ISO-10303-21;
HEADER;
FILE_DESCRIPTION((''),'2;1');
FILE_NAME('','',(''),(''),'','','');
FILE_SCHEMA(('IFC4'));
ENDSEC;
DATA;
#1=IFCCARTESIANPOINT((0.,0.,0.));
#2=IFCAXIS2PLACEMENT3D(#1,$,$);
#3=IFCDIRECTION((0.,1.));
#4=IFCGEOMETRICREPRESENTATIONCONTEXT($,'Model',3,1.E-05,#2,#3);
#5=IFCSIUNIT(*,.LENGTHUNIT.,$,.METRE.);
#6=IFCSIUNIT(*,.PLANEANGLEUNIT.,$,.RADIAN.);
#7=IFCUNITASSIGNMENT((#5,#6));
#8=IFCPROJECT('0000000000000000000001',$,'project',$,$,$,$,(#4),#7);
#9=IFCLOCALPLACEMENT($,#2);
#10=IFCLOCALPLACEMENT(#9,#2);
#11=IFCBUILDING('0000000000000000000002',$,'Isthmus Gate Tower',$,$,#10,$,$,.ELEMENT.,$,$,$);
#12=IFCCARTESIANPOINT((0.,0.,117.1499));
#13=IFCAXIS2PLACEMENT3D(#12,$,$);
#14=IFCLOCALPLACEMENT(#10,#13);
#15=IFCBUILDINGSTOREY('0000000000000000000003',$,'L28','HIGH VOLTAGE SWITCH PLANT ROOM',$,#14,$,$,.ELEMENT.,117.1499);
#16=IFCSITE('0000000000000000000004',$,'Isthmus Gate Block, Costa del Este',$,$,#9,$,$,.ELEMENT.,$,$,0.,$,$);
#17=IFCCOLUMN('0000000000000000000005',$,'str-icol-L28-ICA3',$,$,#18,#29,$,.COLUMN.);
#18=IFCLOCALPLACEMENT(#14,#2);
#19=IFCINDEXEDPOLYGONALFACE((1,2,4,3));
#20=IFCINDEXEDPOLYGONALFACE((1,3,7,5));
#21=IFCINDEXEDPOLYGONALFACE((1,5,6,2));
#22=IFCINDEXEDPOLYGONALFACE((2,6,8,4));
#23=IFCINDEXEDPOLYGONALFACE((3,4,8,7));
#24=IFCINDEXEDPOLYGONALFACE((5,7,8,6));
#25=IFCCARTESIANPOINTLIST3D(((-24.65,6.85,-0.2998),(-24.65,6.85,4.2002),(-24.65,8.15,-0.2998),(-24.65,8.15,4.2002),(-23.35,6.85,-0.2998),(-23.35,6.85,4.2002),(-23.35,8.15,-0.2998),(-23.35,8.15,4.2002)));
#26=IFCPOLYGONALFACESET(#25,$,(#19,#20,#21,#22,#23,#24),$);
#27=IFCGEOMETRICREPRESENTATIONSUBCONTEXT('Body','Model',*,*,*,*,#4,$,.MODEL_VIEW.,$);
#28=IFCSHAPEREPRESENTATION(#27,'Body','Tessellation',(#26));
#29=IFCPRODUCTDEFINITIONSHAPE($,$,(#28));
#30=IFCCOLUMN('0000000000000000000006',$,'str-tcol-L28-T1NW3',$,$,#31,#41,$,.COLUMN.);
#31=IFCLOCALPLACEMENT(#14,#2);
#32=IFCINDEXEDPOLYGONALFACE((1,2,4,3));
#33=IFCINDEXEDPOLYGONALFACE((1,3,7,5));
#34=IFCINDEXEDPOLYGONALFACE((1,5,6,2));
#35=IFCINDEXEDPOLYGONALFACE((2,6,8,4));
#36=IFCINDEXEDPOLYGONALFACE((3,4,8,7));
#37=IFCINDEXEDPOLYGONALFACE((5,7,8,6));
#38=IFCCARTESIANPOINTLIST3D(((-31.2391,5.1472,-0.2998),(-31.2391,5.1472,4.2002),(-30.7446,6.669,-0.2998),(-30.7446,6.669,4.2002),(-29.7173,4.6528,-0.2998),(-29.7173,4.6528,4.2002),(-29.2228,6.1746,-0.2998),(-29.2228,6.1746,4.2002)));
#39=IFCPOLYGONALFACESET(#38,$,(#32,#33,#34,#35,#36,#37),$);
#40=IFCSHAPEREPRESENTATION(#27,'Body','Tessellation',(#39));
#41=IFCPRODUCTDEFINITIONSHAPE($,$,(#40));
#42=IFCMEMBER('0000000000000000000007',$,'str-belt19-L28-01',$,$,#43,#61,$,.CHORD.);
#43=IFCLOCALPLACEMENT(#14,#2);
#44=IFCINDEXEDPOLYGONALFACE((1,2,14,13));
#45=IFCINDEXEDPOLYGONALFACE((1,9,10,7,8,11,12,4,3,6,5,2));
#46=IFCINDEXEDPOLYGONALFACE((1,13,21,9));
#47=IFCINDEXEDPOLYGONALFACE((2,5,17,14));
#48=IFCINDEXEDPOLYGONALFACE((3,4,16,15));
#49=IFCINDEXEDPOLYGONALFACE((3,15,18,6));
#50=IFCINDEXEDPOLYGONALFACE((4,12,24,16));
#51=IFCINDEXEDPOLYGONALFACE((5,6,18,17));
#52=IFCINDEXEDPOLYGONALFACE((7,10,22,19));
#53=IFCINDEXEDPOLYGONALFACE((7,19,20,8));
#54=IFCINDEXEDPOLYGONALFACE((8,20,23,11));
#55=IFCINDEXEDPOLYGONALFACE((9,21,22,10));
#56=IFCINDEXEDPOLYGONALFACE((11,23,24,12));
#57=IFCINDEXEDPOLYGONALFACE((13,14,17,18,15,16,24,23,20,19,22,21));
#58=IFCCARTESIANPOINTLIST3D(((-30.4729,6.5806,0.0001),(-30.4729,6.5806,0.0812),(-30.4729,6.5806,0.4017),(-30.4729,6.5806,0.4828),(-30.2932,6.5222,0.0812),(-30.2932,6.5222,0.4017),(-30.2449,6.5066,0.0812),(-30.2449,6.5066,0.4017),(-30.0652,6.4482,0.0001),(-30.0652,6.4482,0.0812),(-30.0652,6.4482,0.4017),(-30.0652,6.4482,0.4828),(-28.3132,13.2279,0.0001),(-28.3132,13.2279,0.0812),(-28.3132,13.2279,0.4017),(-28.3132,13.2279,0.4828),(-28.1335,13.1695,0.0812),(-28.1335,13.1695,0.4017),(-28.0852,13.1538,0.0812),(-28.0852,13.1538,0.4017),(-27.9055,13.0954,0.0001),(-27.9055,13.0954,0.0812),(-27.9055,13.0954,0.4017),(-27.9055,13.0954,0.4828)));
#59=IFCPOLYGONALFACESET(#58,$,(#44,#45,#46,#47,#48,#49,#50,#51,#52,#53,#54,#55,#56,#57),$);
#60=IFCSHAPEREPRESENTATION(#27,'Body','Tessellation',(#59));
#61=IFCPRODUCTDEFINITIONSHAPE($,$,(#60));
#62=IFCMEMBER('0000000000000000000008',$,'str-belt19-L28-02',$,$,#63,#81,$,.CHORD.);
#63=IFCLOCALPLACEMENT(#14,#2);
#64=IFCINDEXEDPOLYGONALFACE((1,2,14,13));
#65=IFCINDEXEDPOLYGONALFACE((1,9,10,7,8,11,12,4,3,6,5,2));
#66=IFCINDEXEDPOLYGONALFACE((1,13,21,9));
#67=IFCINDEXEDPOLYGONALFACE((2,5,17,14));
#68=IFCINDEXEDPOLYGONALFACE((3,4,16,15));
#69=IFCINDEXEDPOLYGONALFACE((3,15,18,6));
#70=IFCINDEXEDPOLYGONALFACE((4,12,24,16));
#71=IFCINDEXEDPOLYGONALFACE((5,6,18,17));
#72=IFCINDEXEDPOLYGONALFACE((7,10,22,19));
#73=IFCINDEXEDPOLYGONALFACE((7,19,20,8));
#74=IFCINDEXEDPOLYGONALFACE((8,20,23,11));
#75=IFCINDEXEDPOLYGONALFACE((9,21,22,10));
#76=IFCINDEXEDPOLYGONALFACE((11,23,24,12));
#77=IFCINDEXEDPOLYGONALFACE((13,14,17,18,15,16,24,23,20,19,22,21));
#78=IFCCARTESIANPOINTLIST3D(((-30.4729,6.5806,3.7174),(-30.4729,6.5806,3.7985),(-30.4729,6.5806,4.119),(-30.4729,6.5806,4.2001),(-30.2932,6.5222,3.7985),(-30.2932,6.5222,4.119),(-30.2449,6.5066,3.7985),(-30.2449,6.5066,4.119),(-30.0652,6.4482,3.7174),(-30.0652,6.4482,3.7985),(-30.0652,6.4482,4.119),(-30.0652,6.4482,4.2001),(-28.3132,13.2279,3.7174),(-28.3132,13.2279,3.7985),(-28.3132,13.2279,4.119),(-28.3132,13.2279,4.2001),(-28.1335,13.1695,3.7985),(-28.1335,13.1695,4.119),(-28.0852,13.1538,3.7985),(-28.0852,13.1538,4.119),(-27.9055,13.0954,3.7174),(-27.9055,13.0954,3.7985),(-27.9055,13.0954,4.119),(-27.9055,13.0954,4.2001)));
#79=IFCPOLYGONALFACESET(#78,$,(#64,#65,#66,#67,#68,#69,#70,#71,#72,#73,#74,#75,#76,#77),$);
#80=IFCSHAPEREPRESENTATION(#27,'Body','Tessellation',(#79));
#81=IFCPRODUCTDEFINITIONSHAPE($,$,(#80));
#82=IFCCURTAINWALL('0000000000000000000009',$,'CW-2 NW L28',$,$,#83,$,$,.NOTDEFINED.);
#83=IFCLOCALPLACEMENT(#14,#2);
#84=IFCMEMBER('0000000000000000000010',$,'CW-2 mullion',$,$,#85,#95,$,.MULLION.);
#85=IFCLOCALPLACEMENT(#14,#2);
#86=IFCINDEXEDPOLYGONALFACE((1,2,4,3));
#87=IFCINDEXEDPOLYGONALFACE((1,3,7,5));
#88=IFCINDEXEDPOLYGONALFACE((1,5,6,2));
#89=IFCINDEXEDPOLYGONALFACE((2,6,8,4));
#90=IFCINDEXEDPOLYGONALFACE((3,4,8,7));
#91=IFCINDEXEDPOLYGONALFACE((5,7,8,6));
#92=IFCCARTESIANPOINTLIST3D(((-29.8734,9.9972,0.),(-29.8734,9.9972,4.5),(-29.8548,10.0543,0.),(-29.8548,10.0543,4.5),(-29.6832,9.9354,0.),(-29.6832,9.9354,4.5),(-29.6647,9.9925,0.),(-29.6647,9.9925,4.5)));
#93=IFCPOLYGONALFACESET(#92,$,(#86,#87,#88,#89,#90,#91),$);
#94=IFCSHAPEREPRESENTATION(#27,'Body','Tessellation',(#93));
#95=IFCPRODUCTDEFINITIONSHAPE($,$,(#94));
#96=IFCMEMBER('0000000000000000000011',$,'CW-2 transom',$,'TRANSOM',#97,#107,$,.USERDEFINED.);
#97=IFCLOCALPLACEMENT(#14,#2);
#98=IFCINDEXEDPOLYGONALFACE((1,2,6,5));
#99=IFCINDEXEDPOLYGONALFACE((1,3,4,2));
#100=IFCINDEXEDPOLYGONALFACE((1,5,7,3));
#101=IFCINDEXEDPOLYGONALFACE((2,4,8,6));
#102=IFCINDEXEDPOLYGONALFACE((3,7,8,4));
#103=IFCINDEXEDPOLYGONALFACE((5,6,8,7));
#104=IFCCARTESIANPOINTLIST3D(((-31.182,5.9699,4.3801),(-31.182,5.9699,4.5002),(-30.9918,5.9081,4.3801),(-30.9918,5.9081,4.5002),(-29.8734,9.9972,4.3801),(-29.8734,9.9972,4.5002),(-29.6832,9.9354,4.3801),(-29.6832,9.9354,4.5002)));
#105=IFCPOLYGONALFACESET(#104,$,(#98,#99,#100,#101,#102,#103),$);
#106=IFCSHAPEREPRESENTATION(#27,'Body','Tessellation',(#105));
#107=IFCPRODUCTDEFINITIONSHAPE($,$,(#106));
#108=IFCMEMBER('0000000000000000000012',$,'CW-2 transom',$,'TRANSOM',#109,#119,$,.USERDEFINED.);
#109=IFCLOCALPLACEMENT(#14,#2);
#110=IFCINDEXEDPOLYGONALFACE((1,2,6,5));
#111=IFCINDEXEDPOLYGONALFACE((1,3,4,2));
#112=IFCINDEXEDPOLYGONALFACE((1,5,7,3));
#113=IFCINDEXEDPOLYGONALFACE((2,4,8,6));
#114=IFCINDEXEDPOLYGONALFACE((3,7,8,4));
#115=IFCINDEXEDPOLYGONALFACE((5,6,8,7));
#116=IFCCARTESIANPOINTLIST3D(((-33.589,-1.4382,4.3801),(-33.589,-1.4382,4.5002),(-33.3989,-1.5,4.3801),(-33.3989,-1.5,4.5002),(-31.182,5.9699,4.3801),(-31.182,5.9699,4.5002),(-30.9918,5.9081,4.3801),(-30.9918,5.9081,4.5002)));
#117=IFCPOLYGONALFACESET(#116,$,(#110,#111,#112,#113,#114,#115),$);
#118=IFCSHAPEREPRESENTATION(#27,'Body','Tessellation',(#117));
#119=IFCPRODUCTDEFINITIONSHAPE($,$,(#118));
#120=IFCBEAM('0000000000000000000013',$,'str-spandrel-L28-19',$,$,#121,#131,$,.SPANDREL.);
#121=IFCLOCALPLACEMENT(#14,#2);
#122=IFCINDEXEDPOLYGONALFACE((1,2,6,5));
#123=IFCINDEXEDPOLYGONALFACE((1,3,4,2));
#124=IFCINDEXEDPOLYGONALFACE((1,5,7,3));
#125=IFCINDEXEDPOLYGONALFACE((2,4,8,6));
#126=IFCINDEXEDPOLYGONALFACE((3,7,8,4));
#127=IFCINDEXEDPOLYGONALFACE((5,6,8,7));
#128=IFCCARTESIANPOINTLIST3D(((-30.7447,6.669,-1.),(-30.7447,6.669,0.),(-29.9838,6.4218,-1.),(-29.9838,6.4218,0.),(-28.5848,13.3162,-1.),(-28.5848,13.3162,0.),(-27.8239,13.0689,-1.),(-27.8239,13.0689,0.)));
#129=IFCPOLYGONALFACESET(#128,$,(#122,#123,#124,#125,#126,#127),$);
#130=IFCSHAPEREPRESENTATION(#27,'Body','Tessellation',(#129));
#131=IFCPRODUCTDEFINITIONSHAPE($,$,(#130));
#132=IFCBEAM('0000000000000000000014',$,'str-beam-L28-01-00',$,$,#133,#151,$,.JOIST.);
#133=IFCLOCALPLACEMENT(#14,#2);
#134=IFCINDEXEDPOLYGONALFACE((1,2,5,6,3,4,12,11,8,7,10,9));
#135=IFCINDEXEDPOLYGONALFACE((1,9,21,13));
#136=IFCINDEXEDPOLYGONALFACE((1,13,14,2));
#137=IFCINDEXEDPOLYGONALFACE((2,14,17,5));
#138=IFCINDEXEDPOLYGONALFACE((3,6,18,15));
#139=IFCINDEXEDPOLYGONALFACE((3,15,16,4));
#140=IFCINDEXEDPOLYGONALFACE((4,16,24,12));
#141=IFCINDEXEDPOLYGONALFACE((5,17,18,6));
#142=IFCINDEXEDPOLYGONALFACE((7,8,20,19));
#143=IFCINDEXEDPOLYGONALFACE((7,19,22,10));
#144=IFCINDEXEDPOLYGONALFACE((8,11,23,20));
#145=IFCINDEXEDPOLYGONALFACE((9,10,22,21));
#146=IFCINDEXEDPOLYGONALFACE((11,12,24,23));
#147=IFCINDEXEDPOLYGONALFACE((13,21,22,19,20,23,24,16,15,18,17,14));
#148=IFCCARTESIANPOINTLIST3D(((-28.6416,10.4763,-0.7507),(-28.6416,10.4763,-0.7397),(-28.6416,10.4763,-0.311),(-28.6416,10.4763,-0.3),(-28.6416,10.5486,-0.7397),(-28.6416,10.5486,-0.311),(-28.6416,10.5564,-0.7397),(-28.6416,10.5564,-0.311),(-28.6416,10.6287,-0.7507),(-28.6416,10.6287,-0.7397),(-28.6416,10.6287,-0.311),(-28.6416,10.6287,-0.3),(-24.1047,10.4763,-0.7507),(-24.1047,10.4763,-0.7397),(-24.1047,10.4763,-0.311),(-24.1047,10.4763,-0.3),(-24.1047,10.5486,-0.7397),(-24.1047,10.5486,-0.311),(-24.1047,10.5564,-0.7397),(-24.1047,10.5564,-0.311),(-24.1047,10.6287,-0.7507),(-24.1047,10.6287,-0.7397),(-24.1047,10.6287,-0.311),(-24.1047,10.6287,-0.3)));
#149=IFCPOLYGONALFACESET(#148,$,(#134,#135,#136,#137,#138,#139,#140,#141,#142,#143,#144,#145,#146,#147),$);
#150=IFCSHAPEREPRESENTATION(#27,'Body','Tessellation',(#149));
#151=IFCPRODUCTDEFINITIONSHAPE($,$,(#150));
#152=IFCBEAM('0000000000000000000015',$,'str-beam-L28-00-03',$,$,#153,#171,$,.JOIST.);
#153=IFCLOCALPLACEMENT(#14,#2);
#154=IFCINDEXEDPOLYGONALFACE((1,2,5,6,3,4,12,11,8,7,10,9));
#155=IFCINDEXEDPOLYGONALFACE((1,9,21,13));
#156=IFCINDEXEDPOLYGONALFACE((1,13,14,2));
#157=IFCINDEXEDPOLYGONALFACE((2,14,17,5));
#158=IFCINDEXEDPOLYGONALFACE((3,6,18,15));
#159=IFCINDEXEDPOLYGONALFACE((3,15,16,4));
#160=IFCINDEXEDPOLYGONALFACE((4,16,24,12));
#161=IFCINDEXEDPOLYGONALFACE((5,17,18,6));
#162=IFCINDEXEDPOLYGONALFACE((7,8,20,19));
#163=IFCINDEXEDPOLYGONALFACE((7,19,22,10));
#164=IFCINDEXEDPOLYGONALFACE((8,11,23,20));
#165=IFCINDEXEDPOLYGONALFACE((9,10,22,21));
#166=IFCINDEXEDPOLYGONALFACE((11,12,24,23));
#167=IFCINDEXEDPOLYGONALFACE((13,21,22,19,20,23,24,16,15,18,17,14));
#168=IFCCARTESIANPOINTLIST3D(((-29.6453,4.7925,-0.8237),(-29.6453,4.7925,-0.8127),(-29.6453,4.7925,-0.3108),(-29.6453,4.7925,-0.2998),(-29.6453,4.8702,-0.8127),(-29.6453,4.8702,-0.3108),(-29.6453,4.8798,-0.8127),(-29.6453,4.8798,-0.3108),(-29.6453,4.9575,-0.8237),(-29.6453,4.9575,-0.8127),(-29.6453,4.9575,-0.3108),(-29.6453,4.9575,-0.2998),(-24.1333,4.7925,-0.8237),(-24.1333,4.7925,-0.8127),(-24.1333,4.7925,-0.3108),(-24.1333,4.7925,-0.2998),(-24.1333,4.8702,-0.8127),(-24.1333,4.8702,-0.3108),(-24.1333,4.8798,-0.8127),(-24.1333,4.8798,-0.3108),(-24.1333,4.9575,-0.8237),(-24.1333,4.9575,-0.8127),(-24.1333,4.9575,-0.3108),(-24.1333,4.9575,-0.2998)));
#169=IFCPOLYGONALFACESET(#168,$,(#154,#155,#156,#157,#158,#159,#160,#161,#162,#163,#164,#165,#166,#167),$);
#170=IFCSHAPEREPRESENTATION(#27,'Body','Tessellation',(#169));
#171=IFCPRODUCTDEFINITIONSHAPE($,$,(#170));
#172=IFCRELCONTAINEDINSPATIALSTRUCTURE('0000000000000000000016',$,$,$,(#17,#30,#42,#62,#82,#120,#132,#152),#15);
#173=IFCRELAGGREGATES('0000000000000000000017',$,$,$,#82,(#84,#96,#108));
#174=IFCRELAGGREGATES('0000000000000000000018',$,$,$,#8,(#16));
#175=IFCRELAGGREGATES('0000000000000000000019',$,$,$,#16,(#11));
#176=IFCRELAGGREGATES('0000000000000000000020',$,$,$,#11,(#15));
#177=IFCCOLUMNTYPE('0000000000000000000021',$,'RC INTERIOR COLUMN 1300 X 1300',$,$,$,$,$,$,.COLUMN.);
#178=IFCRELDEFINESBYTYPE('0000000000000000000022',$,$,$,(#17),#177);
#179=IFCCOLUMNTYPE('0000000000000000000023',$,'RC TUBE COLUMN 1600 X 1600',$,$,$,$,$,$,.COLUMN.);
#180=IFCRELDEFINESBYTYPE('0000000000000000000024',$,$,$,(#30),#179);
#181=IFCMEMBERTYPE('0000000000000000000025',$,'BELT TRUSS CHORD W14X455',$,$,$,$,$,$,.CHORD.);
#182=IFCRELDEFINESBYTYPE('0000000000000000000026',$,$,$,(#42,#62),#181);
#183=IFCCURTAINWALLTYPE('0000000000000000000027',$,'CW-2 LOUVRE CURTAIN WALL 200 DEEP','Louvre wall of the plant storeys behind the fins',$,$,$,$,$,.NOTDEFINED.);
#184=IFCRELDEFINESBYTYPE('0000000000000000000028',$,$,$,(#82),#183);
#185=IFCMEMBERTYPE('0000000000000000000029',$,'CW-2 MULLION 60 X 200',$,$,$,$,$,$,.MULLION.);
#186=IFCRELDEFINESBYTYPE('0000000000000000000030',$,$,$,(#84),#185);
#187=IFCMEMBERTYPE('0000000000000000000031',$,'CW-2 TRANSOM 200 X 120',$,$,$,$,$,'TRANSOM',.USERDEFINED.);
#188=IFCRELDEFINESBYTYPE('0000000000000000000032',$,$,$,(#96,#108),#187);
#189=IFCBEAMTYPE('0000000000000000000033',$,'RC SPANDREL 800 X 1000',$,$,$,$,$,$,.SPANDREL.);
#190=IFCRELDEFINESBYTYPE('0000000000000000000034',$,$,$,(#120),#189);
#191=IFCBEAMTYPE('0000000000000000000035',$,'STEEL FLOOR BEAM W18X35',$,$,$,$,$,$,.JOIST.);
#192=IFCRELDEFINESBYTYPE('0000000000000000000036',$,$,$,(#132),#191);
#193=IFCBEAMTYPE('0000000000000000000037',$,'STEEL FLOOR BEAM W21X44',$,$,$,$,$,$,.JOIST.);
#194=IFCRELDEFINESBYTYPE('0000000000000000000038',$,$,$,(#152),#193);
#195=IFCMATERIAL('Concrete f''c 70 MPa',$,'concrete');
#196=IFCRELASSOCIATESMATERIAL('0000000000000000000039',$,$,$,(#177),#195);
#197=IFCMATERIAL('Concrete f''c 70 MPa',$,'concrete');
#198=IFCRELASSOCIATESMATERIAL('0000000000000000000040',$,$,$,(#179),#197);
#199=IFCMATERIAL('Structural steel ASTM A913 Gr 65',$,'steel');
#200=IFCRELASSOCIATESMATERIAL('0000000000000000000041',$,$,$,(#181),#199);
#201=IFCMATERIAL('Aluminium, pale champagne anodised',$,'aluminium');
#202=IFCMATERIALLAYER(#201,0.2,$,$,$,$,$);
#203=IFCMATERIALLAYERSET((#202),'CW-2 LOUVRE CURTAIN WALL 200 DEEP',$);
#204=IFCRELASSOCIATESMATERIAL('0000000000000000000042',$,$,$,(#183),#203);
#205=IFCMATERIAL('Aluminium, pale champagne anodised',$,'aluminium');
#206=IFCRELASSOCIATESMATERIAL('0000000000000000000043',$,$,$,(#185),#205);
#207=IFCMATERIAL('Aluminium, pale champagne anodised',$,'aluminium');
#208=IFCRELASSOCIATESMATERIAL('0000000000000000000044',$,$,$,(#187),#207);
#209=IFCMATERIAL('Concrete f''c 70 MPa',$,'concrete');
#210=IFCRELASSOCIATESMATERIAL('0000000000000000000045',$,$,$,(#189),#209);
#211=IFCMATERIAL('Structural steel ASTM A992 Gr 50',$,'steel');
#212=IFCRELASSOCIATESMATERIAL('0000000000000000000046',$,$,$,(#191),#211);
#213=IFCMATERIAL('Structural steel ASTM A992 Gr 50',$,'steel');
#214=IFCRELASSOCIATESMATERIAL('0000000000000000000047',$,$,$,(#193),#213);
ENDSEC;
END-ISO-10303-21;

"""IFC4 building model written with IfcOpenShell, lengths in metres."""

from ifc_helpers import new_model, si_unit, direction, frame, origin, origin_2d, place, context, subcontext, project, spatial, rectangle, i_section, extrude, material, layer, layer_set, material_profile, profile_set, type_object, element, aggregate, save


model = new_model("IFC4")

# Units and contexts
model_context = context("Model", 3, precision=1e-05, world=origin(), true_north=direction((0.0, 1.0)))
body_context = subcontext(model_context, "Body", "Model", "MODEL_VIEW")
ifc_project = project(units=[si_unit("LENGTHUNIT", "METRE"), si_unit("PLANEANGLEUNIT", "RADIAN")], contexts=[model_context])

# Site, building, storey
site_placement = place(None, origin())
site = spatial("IfcSite", under=ifc_project, at=site_placement, Name="Isthmus Gate Block, Costa del Este", CompositionType="ELEMENT", RefElevation=0.0)
building_placement = place(site_placement, origin())
building = spatial("IfcBuilding", under=site, at=building_placement, Name="Isthmus Gate Tower", CompositionType="ELEMENT")
storey_placement = place(building_placement, frame((0.0, 0.0, 117.1499)))
storey = spatial("IfcBuildingStorey", under=building, at=storey_placement, Name="L28", Description="HIGH VOLTAGE SWITCH PLANT ROOM", CompositionType="ELEMENT", Elevation=117.1499)

# Columns
ifc_material_1 = material(Name="Concrete f'c 70 MPa", Category="concrete")
ifc_material_profile_1 = material_profile(ifc_material_1, rectangle(XDim=1.3, YDim=1.3, at=origin_2d()), Name="RC 1300X1300")
ifc_profile_set_1 = profile_set([ifc_material_profile_1], Name="Concrete f'c 70 MPa")
column_type_1 = type_object("IfcColumnType", Name="RC INTERIOR COLUMN 1300 X 1300", PredefinedType="COLUMN", material=ifc_profile_set_1)
column_1_placement = place(storey_placement, frame((-24.0, 7.5, -0.2998), z_axis=(0.0, 0.0, 1.0), x_axis=(1.0, 0.0, 0.0)))
element("IfcColumn", 1, at=column_1_placement, inside=storey, type_object=column_type_1, Name="str-icol-L28-ICA3", PredefinedType="COLUMN", context=body_context, shape_type="SweptSolid", body=[
    extrude(rectangle(XDim=1.3, YDim=1.3, at=origin_2d()), origin(), (0.0, 0.0, 1.0), 4.5),
])
ifc_material_2 = material(Name="Concrete f'c 70 MPa", Category="concrete")
ifc_material_profile_2 = material_profile(ifc_material_2, rectangle(XDim=1.6001, YDim=1.6001, at=origin_2d()), Name="RC 1600X1600")
ifc_profile_set_2 = profile_set([ifc_material_profile_2], Name="Concrete f'c 70 MPa")
column_type_2 = type_object("IfcColumnType", Name="RC TUBE COLUMN 1600 X 1600", PredefinedType="COLUMN", material=ifc_profile_set_2)
column_2_placement = place(storey_placement, frame((-30.231, 5.6609, -0.2998), z_axis=(0.0, 0.0, 1.0), x_axis=(-0.309017, -0.951057, 0.0)))
element("IfcColumn", 2, at=column_2_placement, inside=storey, type_object=column_type_2, Name="str-tcol-L28-T1NW3", PredefinedType="COLUMN", context=body_context, shape_type="SweptSolid", body=[
    extrude(rectangle(XDim=1.6001, YDim=1.6001, at=origin_2d()), origin(), (0.0, 0.0, 1.0), 4.5),
])

# Members
ifc_material_3 = material(Name="Structural steel ASTM A913 Gr 65", Category="steel")
ifc_material_profile_3 = material_profile(ifc_material_3, i_section(OverallWidth=0.4287, OverallDepth=0.4827, WebThickness=0.0508, FlangeThickness=0.0811, at=origin_2d()), Name="W14X455")
ifc_profile_set_3 = profile_set([ifc_material_profile_3], Name="Structural steel ASTM A913 Gr 65")
member_type_1 = type_object("IfcMemberType", Name="BELT TRUSS CHORD W14X455", PredefinedType="CHORD", material=ifc_profile_set_3)
for number, where, z_axis, x_axis, name in (
    (3, (-30.269, 6.5144, 0.2415), (0.308998, 0.951063, 0.0), (-0.951063, 0.308998, 0.0), "str-belt19-L28-01"),
    (4, (-30.269, 6.5144, 3.9587), (0.308998, 0.951063, 0.0), (-0.951063, 0.308998, 0.0), "str-belt19-L28-02"),
):
    element("IfcMember", number, at=place(storey_placement, frame(where, z_axis=z_axis, x_axis=x_axis)), inside=storey, type_object=member_type_1, Name=name, PredefinedType="CHORD", context=body_context, shape_type="SweptSolid", body=[
        extrude(i_section(OverallWidth=0.4287, OverallDepth=0.4827, WebThickness=0.0508, FlangeThickness=0.0811, at=origin_2d()), origin(), (0.0, 0.0, 1.0), 6.9893),
    ])

# Curtain wall, members
ifc_material_4 = material(Name="Aluminium, pale champagne anodised", Category="aluminium")
ifc_layer_1 = layer(ifc_material_4, 0.2)
ifc_layer_set_1 = layer_set([ifc_layer_1], Name="CW-2 LOUVRE CURTAIN WALL 200 DEEP")
curtain_wall_type = type_object("IfcCurtainWallType", Name="CW-2 LOUVRE CURTAIN WALL 200 DEEP", Description="Louvre wall of the plant storeys behind the fins", PredefinedType="NOTDEFINED", material=ifc_layer_set_1)
curtain_wall_placement = place(storey_placement, origin())
curtain_wall = element("IfcCurtainWall", 5, at=curtain_wall_placement, inside=storey, type_object=curtain_wall_type, Name="CW-2 NW L28", PredefinedType="NOTDEFINED")
ifc_material_5 = material(Name="Aluminium, pale champagne anodised", Category="aluminium")
ifc_material_profile_4 = material_profile(ifc_material_5, rectangle(XDim=0.0601, YDim=0.2, at=origin_2d()), Name="60x200")
ifc_profile_set_4 = profile_set([ifc_material_profile_4], Name="Aluminium, pale champagne anodised")
member_type_2 = type_object("IfcMemberType", Name="CW-2 MULLION 60 X 200", PredefinedType="MULLION", material=ifc_profile_set_4)
member_1_placement = place(storey_placement, frame((-29.769, 9.9949, 0.0), z_axis=(0.0, 0.0, 1.0), x_axis=(-0.309017, -0.951057, 0.0)))
member_1 = element("IfcMember", 6, at=member_1_placement, type_object=member_type_2, Name="CW-2 mullion", PredefinedType="MULLION", context=body_context, shape_type="SweptSolid", body=[
    extrude(rectangle(XDim=0.0601, YDim=0.2, at=origin_2d()), origin(), (0.0, 0.0, 1.0), 4.5),
])
ifc_material_6 = material(Name="Aluminium, pale champagne anodised", Category="aluminium")
ifc_material_profile_5 = material_profile(ifc_material_6, rectangle(XDim=0.2, YDim=0.1201, at=origin_2d()), Name="200x120")
ifc_profile_set_5 = profile_set([ifc_material_profile_5], Name="Aluminium, pale champagne anodised")
member_type_3 = type_object("IfcMemberType", Name="CW-2 TRANSOM 200 X 120", ElementType="TRANSOM", PredefinedType="USERDEFINED", material=ifc_profile_set_5)
member_2_placement = place(storey_placement, frame((-29.7783, 9.9663, 4.4402), z_axis=(-0.309023, -0.951054, 0.0), x_axis=(0.951054, -0.309023, 0.0)))
member_2 = element("IfcMember", 7, at=member_2_placement, type_object=member_type_3, Name="CW-2 transom", ObjectType="TRANSOM", PredefinedType="USERDEFINED", context=body_context, shape_type="SweptSolid", body=[
    extrude(rectangle(XDim=0.2, YDim=0.1201, at=origin_2d()), origin(), (0.0, 0.0, 1.0), 4.2346),
])
member_3_placement = place(storey_placement, frame((-31.0869, 5.939, 4.4402), z_axis=(-0.309016, -0.951057, 0.0), x_axis=(0.951057, -0.309016, 0.0)))
member_3 = element("IfcMember", 8, at=member_3_placement, type_object=member_type_3, Name="CW-2 transom", ObjectType="TRANSOM", PredefinedType="USERDEFINED", context=body_context, shape_type="SweptSolid", body=[
    extrude(rectangle(XDim=0.2, YDim=0.1201, at=origin_2d()), origin(), (0.0, 0.0, 1.0), 7.7893),
])

# Beams
ifc_material_7 = material(Name="Concrete f'c 70 MPa", Category="concrete")
ifc_material_profile_6 = material_profile(ifc_material_7, rectangle(XDim=0.8, YDim=1.0, at=origin_2d()), Name="RC 800X1000")
ifc_profile_set_6 = profile_set([ifc_material_profile_6], Name="Concrete f'c 70 MPa")
beam_type_1 = type_object("IfcBeamType", Name="RC SPANDREL 800 X 1000", PredefinedType="SPANDREL", material=ifc_profile_set_6)
beam_1_placement = place(storey_placement, frame((-30.3643, 6.5454, -0.5), z_axis=(0.30903, 0.951052, 0.0), x_axis=(-0.951052, 0.30903, 0.0)))
element("IfcBeam", 9, at=beam_1_placement, inside=storey, type_object=beam_type_1, Name="str-spandrel-L28-19", PredefinedType="SPANDREL", context=body_context, shape_type="SweptSolid", body=[
    extrude(rectangle(XDim=0.8, YDim=1.0, at=origin_2d()), origin(), (0.0, 0.0, 1.0), 6.9893),
])
ifc_material_8 = material(Name="Structural steel ASTM A992 Gr 50", Category="steel")
ifc_material_profile_7 = material_profile(ifc_material_8, i_section(OverallWidth=0.1523, OverallDepth=0.4507, WebThickness=0.0078, FlangeThickness=0.011, at=origin_2d()), Name="W18X35")
ifc_profile_set_7 = profile_set([ifc_material_profile_7], Name="Structural steel ASTM A992 Gr 50")
beam_type_2 = type_object("IfcBeamType", Name="STEEL FLOOR BEAM W18X35", PredefinedType="JOIST", material=ifc_profile_set_7)
beam_2_placement = place(storey_placement, frame((-28.6416, 10.5525, -0.5254), z_axis=(1.0, 0.0, 0.0), x_axis=(0.0, 1.0, 0.0)))
element("IfcBeam", 10, at=beam_2_placement, inside=storey, type_object=beam_type_2, Name="str-beam-L28-01-00", PredefinedType="JOIST", context=body_context, shape_type="SweptSolid", body=[
    extrude(i_section(OverallWidth=0.1523, OverallDepth=0.4507, WebThickness=0.0078, FlangeThickness=0.011, at=origin_2d()), origin(), (0.0, 0.0, 1.0), 4.5369),
])
ifc_material_9 = material(Name="Structural steel ASTM A992 Gr 50", Category="steel")
ifc_material_profile_8 = material_profile(ifc_material_9, i_section(OverallWidth=0.165, OverallDepth=0.5239, WebThickness=0.0095, FlangeThickness=0.011, at=origin_2d()), Name="W21X44")
ifc_profile_set_8 = profile_set([ifc_material_profile_8], Name="Structural steel ASTM A992 Gr 50")
beam_type_3 = type_object("IfcBeamType", Name="STEEL FLOOR BEAM W21X44", PredefinedType="JOIST", material=ifc_profile_set_8)
beam_3_placement = place(storey_placement, frame((-29.6453, 4.875, -0.5618), z_axis=(1.0, 0.0, 0.0), x_axis=(0.0, 1.0, 0.0)))
element("IfcBeam", 11, at=beam_3_placement, inside=storey, type_object=beam_type_3, Name="str-beam-L28-00-03", PredefinedType="JOIST", context=body_context, shape_type="SweptSolid", body=[
    extrude(i_section(OverallWidth=0.165, OverallDepth=0.5239, WebThickness=0.0095, FlangeThickness=0.011, at=origin_2d()), origin(), (0.0, 0.0, 1.0), 5.512),
])

aggregate(curtain_wall, [member_1, member_2, member_3])

save(model, "model.ifc")
